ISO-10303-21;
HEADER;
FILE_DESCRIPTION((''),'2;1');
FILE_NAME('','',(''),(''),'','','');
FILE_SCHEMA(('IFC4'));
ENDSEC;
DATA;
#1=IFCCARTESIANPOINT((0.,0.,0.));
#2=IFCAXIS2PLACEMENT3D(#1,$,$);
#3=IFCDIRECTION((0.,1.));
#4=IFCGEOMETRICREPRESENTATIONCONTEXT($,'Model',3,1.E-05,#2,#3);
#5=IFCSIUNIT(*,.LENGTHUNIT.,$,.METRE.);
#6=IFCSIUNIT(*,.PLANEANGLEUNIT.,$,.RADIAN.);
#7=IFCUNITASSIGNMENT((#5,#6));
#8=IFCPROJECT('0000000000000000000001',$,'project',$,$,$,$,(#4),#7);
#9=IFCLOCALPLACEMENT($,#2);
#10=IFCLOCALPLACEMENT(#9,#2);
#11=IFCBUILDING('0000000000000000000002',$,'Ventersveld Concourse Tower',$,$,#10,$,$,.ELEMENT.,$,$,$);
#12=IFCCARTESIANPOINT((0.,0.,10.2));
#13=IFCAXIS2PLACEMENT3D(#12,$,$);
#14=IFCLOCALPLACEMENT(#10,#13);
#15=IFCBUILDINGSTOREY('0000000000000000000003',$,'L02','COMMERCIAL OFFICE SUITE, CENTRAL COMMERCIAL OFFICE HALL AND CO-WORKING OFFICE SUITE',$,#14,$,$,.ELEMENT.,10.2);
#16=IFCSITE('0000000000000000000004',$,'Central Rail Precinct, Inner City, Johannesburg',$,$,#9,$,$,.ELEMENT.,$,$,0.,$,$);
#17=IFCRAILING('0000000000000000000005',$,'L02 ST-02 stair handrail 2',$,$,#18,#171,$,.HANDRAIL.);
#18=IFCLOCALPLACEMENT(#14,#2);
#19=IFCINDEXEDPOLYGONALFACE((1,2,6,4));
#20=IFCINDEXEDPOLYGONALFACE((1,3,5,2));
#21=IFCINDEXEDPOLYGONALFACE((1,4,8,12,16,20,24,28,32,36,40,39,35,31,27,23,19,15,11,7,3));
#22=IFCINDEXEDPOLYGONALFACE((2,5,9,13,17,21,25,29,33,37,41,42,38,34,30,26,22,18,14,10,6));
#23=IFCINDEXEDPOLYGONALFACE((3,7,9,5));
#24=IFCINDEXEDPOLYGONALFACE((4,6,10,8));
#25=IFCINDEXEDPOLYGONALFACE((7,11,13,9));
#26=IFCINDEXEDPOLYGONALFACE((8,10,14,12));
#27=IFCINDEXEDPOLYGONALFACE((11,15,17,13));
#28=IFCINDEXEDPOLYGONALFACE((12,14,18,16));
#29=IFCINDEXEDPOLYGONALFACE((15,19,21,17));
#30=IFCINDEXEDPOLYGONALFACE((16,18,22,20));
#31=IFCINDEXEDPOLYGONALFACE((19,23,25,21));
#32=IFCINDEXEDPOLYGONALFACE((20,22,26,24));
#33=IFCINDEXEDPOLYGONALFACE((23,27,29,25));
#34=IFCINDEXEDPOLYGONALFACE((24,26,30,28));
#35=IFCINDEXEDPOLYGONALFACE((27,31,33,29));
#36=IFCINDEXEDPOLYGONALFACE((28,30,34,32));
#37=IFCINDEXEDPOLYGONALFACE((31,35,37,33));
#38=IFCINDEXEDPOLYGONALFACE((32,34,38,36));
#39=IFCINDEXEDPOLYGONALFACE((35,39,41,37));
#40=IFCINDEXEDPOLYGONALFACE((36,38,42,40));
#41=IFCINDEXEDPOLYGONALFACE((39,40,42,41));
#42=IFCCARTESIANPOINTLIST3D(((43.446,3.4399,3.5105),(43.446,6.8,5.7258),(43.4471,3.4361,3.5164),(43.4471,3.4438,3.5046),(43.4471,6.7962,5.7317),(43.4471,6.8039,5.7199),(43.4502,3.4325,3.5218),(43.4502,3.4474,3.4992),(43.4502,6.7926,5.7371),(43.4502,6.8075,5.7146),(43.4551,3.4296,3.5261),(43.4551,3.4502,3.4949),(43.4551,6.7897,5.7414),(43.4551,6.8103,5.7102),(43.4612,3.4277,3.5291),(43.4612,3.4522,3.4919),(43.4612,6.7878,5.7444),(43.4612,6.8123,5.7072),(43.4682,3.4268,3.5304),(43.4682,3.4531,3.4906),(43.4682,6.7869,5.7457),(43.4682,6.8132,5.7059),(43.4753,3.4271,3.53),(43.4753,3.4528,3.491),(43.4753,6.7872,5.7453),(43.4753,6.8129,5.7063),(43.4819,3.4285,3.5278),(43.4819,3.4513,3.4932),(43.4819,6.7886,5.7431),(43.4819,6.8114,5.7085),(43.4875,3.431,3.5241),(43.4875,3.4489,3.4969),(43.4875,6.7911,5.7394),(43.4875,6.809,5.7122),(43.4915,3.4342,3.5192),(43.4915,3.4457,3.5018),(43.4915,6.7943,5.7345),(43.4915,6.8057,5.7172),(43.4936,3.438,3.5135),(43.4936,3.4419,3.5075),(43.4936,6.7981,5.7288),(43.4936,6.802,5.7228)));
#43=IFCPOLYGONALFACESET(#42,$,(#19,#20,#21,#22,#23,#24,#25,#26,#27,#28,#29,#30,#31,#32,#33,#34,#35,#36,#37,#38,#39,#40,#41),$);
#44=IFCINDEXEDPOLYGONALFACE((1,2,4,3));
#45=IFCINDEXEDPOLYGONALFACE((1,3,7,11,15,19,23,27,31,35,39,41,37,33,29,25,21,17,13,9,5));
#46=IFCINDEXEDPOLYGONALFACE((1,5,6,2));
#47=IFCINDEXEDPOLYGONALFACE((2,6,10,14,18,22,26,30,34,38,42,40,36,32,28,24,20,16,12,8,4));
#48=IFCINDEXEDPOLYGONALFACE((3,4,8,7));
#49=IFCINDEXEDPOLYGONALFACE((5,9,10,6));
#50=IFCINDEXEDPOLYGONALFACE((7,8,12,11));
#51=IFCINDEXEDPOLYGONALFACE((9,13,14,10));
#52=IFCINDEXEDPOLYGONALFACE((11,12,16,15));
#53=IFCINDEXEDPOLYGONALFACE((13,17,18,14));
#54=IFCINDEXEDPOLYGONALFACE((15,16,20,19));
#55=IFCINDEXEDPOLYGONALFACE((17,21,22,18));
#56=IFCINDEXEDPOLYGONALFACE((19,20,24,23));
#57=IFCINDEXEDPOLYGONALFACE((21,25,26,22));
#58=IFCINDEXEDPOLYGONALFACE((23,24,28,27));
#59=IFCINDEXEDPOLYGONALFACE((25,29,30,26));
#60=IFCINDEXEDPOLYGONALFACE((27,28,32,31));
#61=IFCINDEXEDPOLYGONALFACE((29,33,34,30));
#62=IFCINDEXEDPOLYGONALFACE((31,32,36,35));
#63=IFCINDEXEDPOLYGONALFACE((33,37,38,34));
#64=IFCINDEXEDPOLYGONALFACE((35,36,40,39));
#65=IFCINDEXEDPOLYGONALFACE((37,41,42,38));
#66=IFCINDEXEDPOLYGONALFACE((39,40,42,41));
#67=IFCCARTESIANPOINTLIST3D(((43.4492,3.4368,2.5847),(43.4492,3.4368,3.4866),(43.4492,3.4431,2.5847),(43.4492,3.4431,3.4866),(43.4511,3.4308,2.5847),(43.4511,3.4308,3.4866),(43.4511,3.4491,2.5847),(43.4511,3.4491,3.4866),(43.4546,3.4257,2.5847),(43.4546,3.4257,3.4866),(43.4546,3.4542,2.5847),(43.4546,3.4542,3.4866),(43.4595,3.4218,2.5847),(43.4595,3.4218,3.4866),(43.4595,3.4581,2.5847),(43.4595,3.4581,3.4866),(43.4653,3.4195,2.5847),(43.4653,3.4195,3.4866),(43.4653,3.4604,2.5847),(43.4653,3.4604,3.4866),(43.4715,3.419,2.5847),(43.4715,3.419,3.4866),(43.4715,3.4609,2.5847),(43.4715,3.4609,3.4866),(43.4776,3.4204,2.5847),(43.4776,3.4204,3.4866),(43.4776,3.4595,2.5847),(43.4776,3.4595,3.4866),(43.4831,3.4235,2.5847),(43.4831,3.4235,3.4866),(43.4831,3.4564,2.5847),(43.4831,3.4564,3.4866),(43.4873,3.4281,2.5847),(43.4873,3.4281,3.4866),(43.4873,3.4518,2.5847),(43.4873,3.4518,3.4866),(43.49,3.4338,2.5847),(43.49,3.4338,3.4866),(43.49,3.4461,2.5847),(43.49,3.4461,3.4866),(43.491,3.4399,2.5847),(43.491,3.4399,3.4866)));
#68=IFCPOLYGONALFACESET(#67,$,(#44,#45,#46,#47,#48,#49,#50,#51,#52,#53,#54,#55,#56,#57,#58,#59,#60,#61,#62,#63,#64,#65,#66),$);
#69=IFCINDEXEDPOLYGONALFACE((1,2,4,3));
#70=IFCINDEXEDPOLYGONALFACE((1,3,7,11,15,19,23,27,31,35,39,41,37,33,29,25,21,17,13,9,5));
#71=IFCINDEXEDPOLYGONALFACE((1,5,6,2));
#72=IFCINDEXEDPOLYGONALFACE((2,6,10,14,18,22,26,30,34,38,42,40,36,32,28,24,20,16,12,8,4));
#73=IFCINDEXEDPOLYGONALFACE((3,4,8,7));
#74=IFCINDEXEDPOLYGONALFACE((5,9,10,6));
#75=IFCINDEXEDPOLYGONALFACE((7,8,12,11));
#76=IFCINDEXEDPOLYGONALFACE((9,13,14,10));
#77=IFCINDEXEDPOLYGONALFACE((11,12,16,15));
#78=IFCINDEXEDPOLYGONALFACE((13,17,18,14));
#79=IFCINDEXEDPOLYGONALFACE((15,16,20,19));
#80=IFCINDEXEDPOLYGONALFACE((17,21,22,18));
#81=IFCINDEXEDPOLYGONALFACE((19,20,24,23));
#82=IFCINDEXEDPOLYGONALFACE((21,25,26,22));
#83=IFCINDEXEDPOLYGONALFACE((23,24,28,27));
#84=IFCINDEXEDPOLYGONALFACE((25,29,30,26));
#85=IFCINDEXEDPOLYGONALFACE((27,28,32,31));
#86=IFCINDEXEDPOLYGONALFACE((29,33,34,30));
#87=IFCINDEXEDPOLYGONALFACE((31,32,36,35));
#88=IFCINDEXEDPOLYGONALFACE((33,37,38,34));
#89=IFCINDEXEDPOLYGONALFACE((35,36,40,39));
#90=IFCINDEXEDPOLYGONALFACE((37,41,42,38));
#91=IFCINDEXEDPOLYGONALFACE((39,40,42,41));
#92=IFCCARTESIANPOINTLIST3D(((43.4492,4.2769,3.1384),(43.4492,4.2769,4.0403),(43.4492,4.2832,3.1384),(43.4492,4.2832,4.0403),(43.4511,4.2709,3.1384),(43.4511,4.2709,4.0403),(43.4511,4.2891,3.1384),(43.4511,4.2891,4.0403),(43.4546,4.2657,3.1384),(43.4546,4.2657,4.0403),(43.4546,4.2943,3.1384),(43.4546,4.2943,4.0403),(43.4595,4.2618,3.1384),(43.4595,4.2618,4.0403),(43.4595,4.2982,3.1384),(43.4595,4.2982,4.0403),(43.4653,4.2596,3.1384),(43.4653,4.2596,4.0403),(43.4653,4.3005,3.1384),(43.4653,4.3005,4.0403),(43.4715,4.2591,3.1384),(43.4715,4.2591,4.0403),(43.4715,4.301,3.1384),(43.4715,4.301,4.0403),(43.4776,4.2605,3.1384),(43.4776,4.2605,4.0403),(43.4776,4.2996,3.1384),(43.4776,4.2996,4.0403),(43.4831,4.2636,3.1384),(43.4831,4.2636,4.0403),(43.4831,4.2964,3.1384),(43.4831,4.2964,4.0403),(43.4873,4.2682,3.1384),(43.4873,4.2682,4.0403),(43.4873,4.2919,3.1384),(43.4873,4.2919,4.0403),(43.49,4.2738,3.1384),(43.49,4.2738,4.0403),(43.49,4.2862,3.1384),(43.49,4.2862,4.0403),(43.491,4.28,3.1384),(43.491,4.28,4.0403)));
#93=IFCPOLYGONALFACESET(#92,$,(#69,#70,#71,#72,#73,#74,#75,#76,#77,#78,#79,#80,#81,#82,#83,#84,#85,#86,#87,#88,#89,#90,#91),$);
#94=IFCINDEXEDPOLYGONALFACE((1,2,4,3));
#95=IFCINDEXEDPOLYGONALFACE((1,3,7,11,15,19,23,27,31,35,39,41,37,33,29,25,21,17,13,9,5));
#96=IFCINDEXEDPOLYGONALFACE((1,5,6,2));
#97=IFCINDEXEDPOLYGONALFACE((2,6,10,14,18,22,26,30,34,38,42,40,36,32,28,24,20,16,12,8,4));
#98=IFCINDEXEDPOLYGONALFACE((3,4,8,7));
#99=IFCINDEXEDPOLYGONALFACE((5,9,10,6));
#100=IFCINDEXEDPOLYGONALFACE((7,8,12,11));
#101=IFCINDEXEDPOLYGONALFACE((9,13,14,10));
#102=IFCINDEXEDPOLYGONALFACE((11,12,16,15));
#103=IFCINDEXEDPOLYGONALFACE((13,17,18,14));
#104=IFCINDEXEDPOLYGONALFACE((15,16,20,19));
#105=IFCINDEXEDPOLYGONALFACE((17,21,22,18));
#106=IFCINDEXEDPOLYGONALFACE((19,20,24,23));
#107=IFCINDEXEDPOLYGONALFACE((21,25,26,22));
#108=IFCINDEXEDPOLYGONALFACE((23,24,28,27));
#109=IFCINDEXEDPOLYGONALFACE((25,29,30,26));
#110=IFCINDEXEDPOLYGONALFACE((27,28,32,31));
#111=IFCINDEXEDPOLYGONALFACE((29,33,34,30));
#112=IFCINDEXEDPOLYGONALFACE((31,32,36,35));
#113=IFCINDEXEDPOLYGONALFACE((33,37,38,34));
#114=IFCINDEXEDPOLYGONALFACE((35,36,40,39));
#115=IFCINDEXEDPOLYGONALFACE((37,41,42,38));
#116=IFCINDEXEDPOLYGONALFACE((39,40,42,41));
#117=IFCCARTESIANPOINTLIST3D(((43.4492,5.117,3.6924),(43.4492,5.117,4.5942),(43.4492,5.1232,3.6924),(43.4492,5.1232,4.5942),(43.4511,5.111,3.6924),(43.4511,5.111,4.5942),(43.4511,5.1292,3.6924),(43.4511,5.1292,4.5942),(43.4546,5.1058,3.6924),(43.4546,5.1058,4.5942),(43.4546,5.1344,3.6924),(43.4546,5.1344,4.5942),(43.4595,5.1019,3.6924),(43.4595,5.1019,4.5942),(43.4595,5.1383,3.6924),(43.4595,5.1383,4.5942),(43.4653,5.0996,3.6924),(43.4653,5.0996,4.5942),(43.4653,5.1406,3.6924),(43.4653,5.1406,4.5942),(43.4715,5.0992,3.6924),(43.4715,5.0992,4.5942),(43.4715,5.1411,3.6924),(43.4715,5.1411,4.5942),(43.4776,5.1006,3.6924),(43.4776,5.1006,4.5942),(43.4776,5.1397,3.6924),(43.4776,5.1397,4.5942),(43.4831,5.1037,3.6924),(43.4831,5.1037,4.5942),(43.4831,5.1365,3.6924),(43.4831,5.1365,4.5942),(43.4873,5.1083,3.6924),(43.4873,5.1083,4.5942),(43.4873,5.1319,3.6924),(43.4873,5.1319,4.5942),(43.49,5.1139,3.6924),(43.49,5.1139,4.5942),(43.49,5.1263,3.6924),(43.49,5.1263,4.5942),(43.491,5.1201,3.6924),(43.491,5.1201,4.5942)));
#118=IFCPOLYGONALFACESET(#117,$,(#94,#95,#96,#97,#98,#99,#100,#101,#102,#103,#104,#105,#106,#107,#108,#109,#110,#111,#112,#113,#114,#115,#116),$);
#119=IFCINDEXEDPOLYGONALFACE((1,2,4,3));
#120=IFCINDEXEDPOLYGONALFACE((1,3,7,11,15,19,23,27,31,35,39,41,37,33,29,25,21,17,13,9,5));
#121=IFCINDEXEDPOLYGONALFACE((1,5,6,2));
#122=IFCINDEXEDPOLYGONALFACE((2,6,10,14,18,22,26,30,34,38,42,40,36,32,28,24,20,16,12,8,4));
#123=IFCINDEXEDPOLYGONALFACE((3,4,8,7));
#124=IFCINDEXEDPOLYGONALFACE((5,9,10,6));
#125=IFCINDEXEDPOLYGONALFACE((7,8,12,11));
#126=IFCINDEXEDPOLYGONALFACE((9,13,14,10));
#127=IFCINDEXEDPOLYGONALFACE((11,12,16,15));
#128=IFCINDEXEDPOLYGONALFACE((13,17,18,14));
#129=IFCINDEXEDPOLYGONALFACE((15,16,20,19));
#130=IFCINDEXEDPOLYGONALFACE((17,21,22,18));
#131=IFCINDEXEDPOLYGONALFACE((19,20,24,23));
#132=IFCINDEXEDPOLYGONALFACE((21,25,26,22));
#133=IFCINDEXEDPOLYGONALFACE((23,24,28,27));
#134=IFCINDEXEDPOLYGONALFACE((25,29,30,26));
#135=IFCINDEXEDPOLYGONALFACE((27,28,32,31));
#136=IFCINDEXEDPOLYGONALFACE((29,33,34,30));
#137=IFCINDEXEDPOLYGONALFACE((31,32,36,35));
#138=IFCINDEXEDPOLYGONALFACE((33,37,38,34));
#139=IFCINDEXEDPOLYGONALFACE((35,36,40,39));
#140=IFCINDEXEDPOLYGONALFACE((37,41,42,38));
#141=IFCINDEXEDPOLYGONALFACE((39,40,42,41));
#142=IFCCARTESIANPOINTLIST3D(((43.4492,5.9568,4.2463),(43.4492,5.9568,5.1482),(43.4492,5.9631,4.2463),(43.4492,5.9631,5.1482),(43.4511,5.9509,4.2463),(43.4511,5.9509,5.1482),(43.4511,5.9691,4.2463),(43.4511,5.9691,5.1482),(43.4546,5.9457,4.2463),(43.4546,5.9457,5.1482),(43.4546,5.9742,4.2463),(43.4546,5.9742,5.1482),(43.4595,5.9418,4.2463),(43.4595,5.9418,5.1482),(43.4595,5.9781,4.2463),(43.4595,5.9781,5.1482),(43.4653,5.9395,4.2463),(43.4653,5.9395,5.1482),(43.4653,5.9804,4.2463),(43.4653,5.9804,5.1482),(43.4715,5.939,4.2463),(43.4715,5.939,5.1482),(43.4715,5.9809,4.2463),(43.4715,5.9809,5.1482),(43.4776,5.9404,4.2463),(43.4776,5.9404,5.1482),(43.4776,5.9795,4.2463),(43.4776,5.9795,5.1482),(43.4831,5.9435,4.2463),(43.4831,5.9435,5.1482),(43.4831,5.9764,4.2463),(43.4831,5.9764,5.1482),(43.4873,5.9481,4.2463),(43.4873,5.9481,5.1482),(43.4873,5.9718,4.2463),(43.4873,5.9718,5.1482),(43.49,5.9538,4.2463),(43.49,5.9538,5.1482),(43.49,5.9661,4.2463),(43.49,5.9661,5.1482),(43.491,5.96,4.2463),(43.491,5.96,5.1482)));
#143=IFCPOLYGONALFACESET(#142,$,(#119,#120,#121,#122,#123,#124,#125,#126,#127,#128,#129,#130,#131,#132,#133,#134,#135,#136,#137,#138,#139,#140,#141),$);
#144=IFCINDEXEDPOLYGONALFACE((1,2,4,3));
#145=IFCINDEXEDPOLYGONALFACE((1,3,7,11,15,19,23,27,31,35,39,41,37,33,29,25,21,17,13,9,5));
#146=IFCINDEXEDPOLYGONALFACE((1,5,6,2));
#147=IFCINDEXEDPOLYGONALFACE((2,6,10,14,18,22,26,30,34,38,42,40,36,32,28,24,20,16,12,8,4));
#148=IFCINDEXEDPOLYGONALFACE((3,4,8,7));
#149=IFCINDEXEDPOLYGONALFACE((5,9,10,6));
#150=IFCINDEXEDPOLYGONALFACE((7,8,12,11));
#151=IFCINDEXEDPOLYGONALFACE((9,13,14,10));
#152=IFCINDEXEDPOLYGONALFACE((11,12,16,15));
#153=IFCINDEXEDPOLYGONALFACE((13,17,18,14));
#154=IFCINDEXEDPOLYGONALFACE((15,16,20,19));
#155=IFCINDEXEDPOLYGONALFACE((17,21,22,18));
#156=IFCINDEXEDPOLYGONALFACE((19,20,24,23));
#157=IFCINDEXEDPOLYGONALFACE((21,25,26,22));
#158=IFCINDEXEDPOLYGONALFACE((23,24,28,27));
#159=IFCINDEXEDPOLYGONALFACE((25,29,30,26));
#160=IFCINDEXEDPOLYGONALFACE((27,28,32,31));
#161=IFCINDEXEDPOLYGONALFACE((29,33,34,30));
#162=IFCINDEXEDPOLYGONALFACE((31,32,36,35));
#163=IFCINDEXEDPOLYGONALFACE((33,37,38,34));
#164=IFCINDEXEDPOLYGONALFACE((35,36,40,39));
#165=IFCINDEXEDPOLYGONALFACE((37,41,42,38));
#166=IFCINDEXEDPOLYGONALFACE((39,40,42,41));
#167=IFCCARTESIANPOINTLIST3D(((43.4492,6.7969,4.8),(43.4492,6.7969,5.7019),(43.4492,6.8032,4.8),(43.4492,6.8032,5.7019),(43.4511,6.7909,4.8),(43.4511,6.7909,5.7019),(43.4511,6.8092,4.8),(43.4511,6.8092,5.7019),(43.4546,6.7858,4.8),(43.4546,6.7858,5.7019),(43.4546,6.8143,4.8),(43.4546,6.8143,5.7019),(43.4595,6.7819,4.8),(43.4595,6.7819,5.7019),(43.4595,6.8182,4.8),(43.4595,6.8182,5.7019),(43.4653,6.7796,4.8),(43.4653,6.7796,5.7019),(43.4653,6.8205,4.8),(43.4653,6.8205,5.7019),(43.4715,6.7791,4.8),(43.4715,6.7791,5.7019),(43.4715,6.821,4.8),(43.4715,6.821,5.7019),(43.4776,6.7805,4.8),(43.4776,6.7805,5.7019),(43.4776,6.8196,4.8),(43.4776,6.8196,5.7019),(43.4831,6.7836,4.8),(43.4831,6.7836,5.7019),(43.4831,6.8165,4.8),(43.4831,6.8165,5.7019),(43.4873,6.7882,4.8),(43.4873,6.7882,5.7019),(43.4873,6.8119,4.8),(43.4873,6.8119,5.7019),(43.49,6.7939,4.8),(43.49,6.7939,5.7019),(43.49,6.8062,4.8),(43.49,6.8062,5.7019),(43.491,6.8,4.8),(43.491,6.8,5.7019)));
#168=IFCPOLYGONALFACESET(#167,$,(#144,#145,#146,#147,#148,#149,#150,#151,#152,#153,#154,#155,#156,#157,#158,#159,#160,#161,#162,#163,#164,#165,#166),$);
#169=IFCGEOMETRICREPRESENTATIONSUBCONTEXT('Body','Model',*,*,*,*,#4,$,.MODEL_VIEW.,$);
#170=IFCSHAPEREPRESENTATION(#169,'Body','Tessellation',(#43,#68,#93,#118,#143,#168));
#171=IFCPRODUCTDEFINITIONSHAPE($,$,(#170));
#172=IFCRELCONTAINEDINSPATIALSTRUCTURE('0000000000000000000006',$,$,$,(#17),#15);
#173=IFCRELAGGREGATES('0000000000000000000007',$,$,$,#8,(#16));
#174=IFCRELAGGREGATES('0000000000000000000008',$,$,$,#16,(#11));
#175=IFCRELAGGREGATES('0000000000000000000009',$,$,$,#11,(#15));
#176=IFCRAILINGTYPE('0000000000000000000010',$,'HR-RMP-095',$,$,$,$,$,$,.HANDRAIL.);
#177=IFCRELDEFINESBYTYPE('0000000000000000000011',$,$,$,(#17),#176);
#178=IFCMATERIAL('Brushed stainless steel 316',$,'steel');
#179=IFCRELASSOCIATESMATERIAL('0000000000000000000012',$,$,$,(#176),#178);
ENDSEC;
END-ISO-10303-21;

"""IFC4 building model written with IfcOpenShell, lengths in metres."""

from ifc_helpers import new_model, si_unit, direction, frame, origin, origin_2d, place, context, subcontext, project, spatial, circle, extrude, material, type_object, element, save


model = new_model("IFC4")

# Units and contexts
model_context = context("Model", 3, precision=1e-05, world=origin(), true_north=direction((0.0, 1.0)))
body_context = subcontext(model_context, "Body", "Model", "MODEL_VIEW")
ifc_project = project(units=[si_unit("LENGTHUNIT", "METRE"), si_unit("PLANEANGLEUNIT", "RADIAN")], contexts=[model_context])

# Site, building, storey
site_placement = place(None, origin())
site = spatial("IfcSite", under=ifc_project, at=site_placement, Name="Central Rail Precinct, Inner City, Johannesburg", CompositionType="ELEMENT", RefElevation=0.0)
building_placement = place(site_placement, origin())
building = spatial("IfcBuilding", under=site, at=building_placement, Name="Ventersveld Concourse Tower", CompositionType="ELEMENT")
storey_placement = place(building_placement, frame((0.0, 0.0, 10.2)))
storey = spatial("IfcBuildingStorey", under=building, at=storey_placement, Name="L02", Description="COMMERCIAL OFFICE SUITE, CENTRAL COMMERCIAL OFFICE HALL AND CO-WORKING OFFICE SUITE", CompositionType="ELEMENT", Elevation=10.2)

# Railing
ifc_material_1 = material(Name="Brushed stainless steel 316", Category="steel")
railing_type_1 = type_object("IfcRailingType", Name="HR-RMP-095", PredefinedType="HANDRAIL", material=ifc_material_1)
railing_1_placement = place(storey_placement, frame((43.47, 3.4399, 2.5847)))
element("IfcRailing", 1, at=railing_1_placement, inside=storey, type_object=railing_type_1, Name="L02 ST-02 stair handrail 2", PredefinedType="HANDRAIL", context=body_context, shape_type="SweptSolid", body=[
    extrude(circle(Radius=0.0239, at=origin_2d()), frame((0.0, 0.0, 0.9258), z_axis=(0.0, 0.834876, 0.550437), x_axis=(-1.0, 0.0, 0.0)), (0.0, 0.0, 1.0), 4.0247),
    extrude(circle(Radius=0.021, at=origin_2d()), origin(), (0.0, 0.0, 1.0), 0.9019),
    extrude(circle(Radius=0.021, at=origin_2d()), frame((0.0, 0.8401, 0.5537)), (0.0, 0.0, 1.0), 0.9019),
    extrude(circle(Radius=0.021, at=origin_2d()), frame((0.0, 1.6802, 1.1077)), (0.0, 0.0, 1.0), 0.9019),
    extrude(circle(Radius=0.021, at=origin_2d()), frame((0.0, 2.52, 1.6616)), (0.0, 0.0, 1.0), 0.9019),
    extrude(circle(Radius=0.021, at=origin_2d()), frame((0.0, 3.3601, 2.2153)), (0.0, 0.0, 1.0), 0.9019),
])

save(model, "model.ifc")
